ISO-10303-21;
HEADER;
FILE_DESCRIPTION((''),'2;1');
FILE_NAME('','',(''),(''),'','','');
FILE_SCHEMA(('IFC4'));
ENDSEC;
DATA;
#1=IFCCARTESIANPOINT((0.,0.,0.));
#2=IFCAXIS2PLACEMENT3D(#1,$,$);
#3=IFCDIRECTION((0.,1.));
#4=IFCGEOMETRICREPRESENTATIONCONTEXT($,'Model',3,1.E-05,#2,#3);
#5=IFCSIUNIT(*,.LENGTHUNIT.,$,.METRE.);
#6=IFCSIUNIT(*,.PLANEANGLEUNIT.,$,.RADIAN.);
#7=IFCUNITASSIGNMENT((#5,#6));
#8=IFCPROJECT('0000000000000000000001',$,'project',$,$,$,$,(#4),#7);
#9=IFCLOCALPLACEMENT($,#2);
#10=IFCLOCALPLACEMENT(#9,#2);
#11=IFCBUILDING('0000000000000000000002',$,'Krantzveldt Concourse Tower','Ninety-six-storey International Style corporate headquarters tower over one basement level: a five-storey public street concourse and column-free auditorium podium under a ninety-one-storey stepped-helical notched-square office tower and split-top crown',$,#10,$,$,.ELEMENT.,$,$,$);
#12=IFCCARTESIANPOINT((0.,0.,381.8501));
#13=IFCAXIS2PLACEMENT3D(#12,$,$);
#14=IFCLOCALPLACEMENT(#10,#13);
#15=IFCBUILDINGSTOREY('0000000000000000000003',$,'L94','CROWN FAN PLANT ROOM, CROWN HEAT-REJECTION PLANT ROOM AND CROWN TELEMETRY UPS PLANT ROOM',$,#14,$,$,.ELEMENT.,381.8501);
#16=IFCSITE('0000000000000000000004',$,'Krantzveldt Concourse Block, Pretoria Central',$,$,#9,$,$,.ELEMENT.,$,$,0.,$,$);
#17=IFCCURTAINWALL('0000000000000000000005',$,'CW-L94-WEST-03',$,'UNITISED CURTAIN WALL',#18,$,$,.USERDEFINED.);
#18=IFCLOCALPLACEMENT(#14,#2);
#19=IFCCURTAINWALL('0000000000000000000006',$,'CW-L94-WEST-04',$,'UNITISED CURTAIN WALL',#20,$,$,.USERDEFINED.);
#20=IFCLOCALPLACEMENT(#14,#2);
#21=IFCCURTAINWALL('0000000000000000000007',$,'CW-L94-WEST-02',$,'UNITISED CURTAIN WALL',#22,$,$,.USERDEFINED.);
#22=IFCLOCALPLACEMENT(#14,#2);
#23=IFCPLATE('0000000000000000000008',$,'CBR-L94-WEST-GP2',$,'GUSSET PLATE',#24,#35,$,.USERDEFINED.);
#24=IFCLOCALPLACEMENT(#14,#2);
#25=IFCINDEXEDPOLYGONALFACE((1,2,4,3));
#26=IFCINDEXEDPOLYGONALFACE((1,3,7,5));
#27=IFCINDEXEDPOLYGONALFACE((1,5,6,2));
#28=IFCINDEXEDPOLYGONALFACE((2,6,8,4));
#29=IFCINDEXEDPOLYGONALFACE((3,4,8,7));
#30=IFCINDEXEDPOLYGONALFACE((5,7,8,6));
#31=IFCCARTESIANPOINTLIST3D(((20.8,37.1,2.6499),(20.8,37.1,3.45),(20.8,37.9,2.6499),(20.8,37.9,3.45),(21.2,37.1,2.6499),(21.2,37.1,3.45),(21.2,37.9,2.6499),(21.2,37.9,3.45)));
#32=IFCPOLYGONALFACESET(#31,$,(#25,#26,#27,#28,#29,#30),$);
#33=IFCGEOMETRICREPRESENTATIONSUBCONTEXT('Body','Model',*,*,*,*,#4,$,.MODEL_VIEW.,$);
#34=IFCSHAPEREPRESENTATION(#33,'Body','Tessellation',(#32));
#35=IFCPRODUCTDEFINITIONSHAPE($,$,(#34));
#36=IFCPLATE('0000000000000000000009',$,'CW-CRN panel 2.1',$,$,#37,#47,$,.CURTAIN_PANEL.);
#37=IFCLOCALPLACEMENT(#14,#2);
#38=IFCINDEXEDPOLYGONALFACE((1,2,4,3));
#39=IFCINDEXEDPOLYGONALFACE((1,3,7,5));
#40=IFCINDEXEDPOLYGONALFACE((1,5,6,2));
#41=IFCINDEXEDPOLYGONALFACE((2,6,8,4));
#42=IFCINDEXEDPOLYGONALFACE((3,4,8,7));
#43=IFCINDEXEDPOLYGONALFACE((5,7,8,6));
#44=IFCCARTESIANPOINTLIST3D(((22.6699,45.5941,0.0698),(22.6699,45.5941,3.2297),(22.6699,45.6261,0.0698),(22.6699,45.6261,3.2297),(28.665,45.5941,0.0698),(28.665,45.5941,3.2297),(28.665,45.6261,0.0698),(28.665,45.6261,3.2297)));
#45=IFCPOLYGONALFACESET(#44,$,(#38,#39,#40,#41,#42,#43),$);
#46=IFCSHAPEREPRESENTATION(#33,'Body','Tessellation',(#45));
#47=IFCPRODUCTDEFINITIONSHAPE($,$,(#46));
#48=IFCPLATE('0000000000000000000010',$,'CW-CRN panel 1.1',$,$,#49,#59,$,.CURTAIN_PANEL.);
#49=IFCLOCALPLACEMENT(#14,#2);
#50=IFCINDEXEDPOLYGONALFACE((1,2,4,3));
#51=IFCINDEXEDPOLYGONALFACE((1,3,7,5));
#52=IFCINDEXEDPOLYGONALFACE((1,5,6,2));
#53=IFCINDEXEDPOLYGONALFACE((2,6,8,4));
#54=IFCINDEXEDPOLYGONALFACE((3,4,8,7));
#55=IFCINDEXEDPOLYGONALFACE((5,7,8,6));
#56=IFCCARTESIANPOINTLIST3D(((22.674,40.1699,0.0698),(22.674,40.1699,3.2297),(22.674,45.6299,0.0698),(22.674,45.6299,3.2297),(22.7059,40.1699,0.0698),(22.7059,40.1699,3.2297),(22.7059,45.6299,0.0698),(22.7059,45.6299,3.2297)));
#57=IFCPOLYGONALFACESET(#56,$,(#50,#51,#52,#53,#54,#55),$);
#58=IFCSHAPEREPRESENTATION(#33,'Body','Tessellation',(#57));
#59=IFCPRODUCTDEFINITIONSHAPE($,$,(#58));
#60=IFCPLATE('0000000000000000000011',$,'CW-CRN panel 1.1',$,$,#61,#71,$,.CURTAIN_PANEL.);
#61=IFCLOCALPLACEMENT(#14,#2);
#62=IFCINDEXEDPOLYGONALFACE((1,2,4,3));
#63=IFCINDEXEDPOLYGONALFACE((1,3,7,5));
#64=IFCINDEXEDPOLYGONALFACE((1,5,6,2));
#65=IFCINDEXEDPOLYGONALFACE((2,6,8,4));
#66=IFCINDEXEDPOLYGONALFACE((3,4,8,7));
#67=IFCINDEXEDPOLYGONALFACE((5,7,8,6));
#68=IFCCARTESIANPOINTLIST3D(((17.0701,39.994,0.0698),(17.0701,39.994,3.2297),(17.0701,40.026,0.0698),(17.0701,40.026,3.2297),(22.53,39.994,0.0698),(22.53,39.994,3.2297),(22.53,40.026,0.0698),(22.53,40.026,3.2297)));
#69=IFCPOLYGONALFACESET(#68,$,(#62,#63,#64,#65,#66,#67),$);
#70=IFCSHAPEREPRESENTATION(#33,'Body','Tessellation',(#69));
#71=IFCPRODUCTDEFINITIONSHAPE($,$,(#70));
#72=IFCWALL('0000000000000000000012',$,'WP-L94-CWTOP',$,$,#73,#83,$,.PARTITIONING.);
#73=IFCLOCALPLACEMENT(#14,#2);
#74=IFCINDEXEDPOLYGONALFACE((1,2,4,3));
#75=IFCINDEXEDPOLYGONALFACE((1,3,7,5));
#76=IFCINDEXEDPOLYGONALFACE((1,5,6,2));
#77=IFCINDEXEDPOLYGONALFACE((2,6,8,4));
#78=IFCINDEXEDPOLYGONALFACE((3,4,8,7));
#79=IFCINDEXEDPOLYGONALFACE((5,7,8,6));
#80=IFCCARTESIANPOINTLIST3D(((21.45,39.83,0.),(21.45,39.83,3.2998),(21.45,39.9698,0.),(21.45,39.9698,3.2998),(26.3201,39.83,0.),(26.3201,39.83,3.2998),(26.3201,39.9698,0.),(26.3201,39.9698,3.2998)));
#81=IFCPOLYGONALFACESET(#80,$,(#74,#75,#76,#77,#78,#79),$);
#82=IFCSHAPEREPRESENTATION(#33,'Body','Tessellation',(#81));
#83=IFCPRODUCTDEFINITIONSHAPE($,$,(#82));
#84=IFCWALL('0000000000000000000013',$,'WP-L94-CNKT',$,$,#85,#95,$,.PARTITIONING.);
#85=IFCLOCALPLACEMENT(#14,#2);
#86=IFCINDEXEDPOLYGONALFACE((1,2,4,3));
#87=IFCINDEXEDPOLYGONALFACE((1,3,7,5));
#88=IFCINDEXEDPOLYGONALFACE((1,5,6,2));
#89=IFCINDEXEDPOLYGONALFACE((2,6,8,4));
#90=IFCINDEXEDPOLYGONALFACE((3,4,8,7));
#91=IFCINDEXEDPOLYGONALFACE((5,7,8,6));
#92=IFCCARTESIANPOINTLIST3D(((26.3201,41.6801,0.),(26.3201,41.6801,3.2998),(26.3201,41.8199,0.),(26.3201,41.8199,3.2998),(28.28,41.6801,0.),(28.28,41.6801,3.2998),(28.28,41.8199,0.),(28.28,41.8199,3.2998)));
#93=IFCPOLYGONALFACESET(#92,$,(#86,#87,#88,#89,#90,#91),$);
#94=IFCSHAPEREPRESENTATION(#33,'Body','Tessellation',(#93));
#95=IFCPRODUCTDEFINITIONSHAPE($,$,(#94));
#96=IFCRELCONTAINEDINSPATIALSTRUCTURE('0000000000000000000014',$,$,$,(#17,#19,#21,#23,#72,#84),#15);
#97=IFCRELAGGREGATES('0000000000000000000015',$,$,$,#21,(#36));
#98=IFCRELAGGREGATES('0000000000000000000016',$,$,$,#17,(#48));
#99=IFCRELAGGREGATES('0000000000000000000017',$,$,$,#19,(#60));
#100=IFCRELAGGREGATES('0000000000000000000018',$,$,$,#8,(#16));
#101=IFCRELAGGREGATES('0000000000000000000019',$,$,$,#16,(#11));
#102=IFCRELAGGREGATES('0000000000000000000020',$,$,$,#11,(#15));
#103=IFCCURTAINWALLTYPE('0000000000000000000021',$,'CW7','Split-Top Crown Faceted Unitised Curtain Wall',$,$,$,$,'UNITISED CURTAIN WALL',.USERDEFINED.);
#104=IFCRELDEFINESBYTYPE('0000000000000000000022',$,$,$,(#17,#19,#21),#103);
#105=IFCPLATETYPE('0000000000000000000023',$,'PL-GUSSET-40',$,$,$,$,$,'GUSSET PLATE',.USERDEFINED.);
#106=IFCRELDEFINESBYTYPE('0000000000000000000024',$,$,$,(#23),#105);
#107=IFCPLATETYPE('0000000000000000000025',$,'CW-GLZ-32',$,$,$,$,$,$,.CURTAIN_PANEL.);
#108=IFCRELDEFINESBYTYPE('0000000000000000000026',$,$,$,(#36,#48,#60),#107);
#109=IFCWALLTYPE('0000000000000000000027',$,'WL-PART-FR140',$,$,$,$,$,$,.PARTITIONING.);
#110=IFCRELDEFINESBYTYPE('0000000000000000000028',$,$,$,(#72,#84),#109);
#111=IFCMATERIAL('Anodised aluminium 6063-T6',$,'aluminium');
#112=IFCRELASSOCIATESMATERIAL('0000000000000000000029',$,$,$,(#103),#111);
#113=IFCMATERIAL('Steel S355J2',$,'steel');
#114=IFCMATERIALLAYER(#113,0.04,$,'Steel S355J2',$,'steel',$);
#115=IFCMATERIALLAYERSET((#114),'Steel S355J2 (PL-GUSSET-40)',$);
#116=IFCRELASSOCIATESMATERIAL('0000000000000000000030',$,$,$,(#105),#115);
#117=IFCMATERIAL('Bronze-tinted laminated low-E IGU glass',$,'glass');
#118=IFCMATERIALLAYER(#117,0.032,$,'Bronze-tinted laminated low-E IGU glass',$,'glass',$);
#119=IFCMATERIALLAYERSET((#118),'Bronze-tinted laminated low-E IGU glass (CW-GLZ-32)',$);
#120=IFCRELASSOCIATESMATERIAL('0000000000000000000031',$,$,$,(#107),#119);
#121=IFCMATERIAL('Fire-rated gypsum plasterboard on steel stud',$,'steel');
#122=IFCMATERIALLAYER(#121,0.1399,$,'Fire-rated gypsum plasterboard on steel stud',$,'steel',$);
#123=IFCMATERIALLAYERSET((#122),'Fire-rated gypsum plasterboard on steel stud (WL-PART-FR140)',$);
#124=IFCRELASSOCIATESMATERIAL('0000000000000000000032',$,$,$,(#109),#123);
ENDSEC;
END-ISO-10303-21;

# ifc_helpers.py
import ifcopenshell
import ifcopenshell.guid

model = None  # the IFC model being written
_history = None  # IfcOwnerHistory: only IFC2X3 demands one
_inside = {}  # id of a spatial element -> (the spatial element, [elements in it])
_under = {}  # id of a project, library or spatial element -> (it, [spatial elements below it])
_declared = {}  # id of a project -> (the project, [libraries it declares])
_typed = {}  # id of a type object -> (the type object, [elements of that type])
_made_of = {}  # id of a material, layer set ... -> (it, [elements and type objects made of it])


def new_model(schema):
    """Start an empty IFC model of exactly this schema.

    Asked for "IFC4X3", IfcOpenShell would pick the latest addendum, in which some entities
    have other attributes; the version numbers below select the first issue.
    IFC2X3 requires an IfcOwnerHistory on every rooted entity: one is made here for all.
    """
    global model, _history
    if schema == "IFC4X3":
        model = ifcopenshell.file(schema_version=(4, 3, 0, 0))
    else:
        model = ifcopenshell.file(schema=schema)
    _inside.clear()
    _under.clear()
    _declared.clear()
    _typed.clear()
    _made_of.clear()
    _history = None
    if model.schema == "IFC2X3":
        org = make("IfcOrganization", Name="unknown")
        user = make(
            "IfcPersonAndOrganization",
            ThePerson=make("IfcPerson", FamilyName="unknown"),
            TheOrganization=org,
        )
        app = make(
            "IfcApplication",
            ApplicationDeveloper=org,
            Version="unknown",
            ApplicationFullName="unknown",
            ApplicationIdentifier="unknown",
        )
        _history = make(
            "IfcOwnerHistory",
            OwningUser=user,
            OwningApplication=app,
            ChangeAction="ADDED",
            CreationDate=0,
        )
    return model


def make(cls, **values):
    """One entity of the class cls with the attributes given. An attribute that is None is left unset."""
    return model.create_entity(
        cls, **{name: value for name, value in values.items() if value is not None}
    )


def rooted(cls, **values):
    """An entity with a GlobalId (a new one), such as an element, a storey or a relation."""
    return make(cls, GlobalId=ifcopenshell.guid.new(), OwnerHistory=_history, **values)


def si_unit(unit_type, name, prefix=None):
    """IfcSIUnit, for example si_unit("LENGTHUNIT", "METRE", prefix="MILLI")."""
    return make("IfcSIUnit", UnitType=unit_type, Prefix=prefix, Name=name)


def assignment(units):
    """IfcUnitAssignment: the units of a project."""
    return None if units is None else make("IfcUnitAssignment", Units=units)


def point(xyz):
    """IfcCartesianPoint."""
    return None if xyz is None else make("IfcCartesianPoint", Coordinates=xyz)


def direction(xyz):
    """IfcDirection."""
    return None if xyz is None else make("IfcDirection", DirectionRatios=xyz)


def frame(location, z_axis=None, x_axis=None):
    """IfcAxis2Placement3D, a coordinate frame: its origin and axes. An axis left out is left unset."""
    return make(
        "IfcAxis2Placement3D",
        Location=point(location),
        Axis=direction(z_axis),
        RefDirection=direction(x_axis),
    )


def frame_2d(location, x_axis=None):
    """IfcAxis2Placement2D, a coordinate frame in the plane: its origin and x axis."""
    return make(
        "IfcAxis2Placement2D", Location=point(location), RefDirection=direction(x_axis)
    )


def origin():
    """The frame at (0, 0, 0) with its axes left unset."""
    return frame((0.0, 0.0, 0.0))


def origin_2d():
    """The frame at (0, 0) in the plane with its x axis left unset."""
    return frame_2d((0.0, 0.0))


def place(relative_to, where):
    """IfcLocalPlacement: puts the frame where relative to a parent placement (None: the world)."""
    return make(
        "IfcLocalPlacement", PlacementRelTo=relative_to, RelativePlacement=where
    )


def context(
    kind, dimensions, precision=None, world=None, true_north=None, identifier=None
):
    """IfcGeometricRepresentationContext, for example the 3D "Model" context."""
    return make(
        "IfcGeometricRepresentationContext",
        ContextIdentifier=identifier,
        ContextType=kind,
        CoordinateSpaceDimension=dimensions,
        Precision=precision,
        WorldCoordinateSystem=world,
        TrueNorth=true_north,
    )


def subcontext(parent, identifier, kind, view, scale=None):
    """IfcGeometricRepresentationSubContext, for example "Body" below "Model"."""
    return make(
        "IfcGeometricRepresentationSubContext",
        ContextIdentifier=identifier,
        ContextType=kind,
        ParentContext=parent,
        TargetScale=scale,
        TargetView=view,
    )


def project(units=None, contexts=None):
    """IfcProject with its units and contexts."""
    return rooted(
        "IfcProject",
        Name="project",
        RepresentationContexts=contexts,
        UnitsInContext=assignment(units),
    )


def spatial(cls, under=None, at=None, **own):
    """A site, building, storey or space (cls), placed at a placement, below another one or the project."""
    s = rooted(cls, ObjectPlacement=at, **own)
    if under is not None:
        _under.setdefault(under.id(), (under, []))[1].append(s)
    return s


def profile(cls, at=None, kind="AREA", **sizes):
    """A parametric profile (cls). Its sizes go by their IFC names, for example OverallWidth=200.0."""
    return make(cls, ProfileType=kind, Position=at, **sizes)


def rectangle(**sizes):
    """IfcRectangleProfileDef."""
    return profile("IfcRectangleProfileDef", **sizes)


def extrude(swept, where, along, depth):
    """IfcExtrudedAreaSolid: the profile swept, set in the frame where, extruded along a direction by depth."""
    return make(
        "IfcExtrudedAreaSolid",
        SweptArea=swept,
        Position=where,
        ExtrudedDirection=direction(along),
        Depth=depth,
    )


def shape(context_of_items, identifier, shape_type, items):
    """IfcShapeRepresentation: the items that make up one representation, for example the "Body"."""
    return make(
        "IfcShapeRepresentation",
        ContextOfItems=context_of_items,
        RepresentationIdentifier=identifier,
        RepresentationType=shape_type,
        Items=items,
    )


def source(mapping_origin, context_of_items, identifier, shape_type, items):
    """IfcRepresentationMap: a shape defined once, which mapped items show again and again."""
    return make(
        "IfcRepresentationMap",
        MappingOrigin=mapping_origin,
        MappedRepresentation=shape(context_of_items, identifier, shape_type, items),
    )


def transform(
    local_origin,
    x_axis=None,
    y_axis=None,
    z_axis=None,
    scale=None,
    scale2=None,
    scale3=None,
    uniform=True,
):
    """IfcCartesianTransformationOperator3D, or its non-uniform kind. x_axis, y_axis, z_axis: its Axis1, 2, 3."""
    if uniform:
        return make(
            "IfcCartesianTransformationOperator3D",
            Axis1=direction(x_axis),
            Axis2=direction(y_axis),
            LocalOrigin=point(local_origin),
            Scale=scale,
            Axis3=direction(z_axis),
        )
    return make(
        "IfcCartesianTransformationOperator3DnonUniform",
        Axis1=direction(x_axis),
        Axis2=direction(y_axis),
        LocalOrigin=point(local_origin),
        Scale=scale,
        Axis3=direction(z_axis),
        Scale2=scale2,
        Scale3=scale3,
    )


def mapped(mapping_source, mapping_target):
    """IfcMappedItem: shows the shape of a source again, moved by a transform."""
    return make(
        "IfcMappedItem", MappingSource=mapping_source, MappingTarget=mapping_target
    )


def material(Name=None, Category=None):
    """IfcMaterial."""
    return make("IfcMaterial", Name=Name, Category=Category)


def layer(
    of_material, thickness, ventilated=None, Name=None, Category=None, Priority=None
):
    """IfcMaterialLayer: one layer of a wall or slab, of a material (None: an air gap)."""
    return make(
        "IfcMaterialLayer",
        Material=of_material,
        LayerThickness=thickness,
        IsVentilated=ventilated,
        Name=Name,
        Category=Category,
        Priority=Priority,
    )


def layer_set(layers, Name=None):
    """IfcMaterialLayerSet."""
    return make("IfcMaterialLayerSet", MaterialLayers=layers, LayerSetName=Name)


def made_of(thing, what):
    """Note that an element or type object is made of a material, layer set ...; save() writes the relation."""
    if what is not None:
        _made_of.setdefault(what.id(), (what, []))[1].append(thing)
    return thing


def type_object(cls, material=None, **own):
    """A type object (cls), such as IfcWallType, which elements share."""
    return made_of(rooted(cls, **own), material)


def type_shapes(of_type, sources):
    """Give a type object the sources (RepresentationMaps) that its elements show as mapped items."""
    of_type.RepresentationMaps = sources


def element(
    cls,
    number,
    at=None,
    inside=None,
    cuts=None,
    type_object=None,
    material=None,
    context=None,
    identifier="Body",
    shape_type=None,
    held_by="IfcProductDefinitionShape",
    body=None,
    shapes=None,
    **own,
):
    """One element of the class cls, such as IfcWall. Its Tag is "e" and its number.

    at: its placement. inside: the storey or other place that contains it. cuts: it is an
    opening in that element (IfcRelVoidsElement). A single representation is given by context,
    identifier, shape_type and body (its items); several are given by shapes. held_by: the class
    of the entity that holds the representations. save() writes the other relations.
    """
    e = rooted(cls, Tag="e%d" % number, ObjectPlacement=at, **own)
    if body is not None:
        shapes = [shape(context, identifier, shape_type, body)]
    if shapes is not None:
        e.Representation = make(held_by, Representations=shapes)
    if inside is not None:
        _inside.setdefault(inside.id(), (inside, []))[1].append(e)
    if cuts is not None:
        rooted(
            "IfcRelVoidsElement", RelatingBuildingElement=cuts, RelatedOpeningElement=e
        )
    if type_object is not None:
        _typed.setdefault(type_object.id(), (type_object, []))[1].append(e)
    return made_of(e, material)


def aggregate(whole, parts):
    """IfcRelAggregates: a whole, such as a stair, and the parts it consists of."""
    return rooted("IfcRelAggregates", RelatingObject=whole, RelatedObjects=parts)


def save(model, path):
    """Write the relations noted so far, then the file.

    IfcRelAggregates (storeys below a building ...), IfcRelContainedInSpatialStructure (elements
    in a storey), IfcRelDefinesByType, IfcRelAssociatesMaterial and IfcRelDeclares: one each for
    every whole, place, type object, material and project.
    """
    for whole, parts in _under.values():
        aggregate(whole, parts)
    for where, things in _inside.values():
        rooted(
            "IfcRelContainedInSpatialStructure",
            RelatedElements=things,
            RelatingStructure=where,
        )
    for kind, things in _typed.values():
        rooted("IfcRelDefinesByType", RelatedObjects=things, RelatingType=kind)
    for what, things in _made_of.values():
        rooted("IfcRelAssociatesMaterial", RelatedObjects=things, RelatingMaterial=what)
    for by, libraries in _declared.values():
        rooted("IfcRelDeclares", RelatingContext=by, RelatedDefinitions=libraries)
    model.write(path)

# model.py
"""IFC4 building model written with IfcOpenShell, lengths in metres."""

from ifc_helpers import new_model, si_unit, direction, frame, frame_2d, origin, origin_2d, place, context, subcontext, project, spatial, rectangle, extrude, source, transform, mapped, material, layer, layer_set, type_object, type_shapes, element, aggregate, save


model = new_model("IFC4")

# Units and contexts
model_context = context("Model", 3, precision=1e-05, world=origin(), true_north=direction((0.0, 1.0)))
body_context = subcontext(model_context, "Body", "Model", "MODEL_VIEW")
ifc_project = project(units=[si_unit("LENGTHUNIT", "METRE"), si_unit("PLANEANGLEUNIT", "RADIAN")], contexts=[model_context])

# Site, building, storey
site_placement = place(None, origin())
site = spatial("IfcSite", under=ifc_project, at=site_placement, Name="Krantzveldt Concourse Block, Pretoria Central", CompositionType="ELEMENT", RefElevation=0.0)
building_placement = place(site_placement, origin())
building = spatial("IfcBuilding", under=site, at=building_placement, Name="Krantzveldt Concourse Tower", Description="Ninety-six-storey International Style corporate headquarters tower over one basement level: a five-storey public street concourse and column-free auditorium podium under a ninety-one-storey stepped-helical notched-square office tower and split-top crown", CompositionType="ELEMENT")
storey_placement = place(building_placement, frame((0.0, 0.0, 381.8501)))
storey = spatial("IfcBuildingStorey", under=building, at=storey_placement, Name="L94", Description="CROWN FAN PLANT ROOM, CROWN HEAT-REJECTION PLANT ROOM AND CROWN TELEMETRY UPS PLANT ROOM", CompositionType="ELEMENT", Elevation=381.8501)

# Shared definitions
ifc_material_1 = material(Name="Steel S355J2", Category="steel")

# Curtain walls
ifc_material_2 = material(Name="Anodised aluminium 6063-T6", Category="aluminium")
curtain_wall_type = type_object("IfcCurtainWallType", Name="CW7", Description="Split-Top Crown Faceted Unitised Curtain Wall", ElementType="UNITISED CURTAIN WALL", PredefinedType="USERDEFINED", material=ifc_material_2)
curtain_wall_1_placement = place(storey_placement, origin())
curtain_wall_1 = element("IfcCurtainWall", 1, at=curtain_wall_1_placement, inside=storey, type_object=curtain_wall_type, Name="CW-L94-WEST-03", ObjectType="UNITISED CURTAIN WALL", PredefinedType="USERDEFINED")
curtain_wall_2_placement = place(storey_placement, origin())
curtain_wall_2 = element("IfcCurtainWall", 2, at=curtain_wall_2_placement, inside=storey, type_object=curtain_wall_type, Name="CW-L94-WEST-04", ObjectType="UNITISED CURTAIN WALL", PredefinedType="USERDEFINED")

# Curtain wall
curtain_wall_3_placement = place(storey_placement, origin())
curtain_wall_3 = element("IfcCurtainWall", 3, at=curtain_wall_3_placement, inside=storey, type_object=curtain_wall_type, Name="CW-L94-WEST-02", ObjectType="UNITISED CURTAIN WALL", PredefinedType="USERDEFINED")

# Plates
ifc_layer_1 = layer(ifc_material_1, 0.04, Name="Steel S355J2", Category="steel")
ifc_layer_set_1 = layer_set([ifc_layer_1], Name="Steel S355J2 (PL-GUSSET-40)")
plate_type_1 = type_object("IfcPlateType", Name="PL-GUSSET-40", ElementType="GUSSET PLATE", PredefinedType="USERDEFINED", material=ifc_layer_set_1)
shared_shape_1 = source(origin(), body_context, "Body", "SweptSolid", [
    extrude(rectangle(XDim=0.3999, YDim=0.8, at=origin_2d()), origin(), (0.0, 0.0, 1.0), 0.8),
])
type_shapes(plate_type_1, [shared_shape_1])
plate_1_placement = place(storey_placement, frame((21.0, 37.5, 2.6499), z_axis=(0.0, 0.0, 1.0), x_axis=(1.0, 0.0, 0.0)))
element("IfcPlate", 4, at=plate_1_placement, inside=storey, type_object=plate_type_1, Name="CBR-L94-WEST-GP2", ObjectType="GUSSET PLATE", PredefinedType="USERDEFINED", context=body_context, shape_type="MappedRepresentation", body=[
    mapped(shared_shape_1, transform((0.0, 0.0, 0.0), x_axis=(1.0, 0.0, 0.0), y_axis=(0.0, 1.0, 0.0), z_axis=(0.0, 0.0, 1.0), scale=1.0)),
])
ifc_material_3 = material(Name="Bronze-tinted laminated low-E IGU glass", Category="glass")
ifc_layer_2 = layer(ifc_material_3, 0.032, Name="Bronze-tinted laminated low-E IGU glass", Category="glass")
ifc_layer_set_2 = layer_set([ifc_layer_2], Name="Bronze-tinted laminated low-E IGU glass (CW-GLZ-32)")
plate_type_2 = type_object("IfcPlateType", Name="CW-GLZ-32", PredefinedType="CURTAIN_PANEL", material=ifc_layer_set_2)
shared_shape_2 = source(origin(), body_context, "Body", "SweptSolid", [
    extrude(rectangle(XDim=5.9951, YDim=0.032, at=origin_2d()), origin(), (0.0, 0.0, 1.0), 3.1599),
])
plate_2_placement = place(storey_placement, frame((25.6675, 45.6101, 0.0698), z_axis=(0.0, 0.0, 1.0), x_axis=(-1.0, 0.0, 0.0)))
plate_2 = element("IfcPlate", 5, at=plate_2_placement, type_object=plate_type_2, Name="CW-CRN panel 2.1", PredefinedType="CURTAIN_PANEL", context=body_context, shape_type="MappedRepresentation", body=[
    mapped(shared_shape_2, transform((0.0, 0.0, 0.0), x_axis=(1.0, 0.0, 0.0), y_axis=(0.0, 1.0, 0.0), z_axis=(0.0, 0.0, 1.0), scale=1.0)),
])
aggregate(curtain_wall_3, [plate_2])
shared_shape_3 = source(origin(), body_context, "Body", "SweptSolid", [
    extrude(rectangle(XDim=5.46, YDim=0.032, at=origin_2d()), origin(), (0.0, 0.0, 1.0), 3.1599),
])
type_shapes(plate_type_2, [shared_shape_2, shared_shape_3])
plate_3_placement = place(storey_placement, frame((22.6899, 42.8999, 0.0698), z_axis=(0.0, 0.0, 1.0), x_axis=(0.0, -1.0, 0.0)))
plate_3 = element("IfcPlate", 6, at=plate_3_placement, type_object=plate_type_2, Name="CW-CRN panel 1.1", PredefinedType="CURTAIN_PANEL", context=body_context, shape_type="MappedRepresentation", body=[
    mapped(shared_shape_3, transform((0.0, 0.0, 0.0), x_axis=(1.0, 0.0, 0.0), y_axis=(0.0, 1.0, 0.0), z_axis=(0.0, 0.0, 1.0), scale=1.0)),
])
aggregate(curtain_wall_1, [plate_3])
plate_4_placement = place(storey_placement, frame((19.8, 40.01, 0.0698), z_axis=(0.0, 0.0, 1.0), x_axis=(-1.0, 0.0, 0.0)))
plate_4 = element("IfcPlate", 7, at=plate_4_placement, type_object=plate_type_2, Name="CW-CRN panel 1.1", PredefinedType="CURTAIN_PANEL", context=body_context, shape_type="MappedRepresentation", body=[
    mapped(shared_shape_3, transform((0.0, 0.0, 0.0), x_axis=(1.0, 0.0, 0.0), y_axis=(0.0, 1.0, 0.0), z_axis=(0.0, 0.0, 1.0), scale=1.0)),
])
aggregate(curtain_wall_2, [plate_4])

# Walls
ifc_material_4 = material(Name="Fire-rated gypsum plasterboard on steel stud", Category="steel")
ifc_layer_3 = layer(ifc_material_4, 0.1399, Name="Fire-rated gypsum plasterboard on steel stud", Category="steel")
ifc_layer_set_3 = layer_set([ifc_layer_3], Name="Fire-rated gypsum plasterboard on steel stud (WL-PART-FR140)")
wall_type = type_object("IfcWallType", Name="WL-PART-FR140", PredefinedType="PARTITIONING", material=ifc_layer_set_3)
wall_1_placement = place(storey_placement, frame((21.45, 39.8999, 0.0), z_axis=(0.0, 0.0, 1.0), x_axis=(1.0, 0.0, 0.0)))
element("IfcWall", 8, at=wall_1_placement, inside=storey, type_object=wall_type, Name="WP-L94-CWTOP", PredefinedType="PARTITIONING", context=body_context, shape_type="SweptSolid", body=[
    extrude(rectangle(XDim=4.8701, YDim=0.1399, at=frame_2d((2.4351, 0.0))), origin(), (0.0, 0.0, 1.0), 3.2998),
])
wall_2_placement = place(storey_placement, frame((26.3201, 41.75, 0.0), z_axis=(0.0, 0.0, 1.0), x_axis=(1.0, 0.0, 0.0)))
element("IfcWall", 9, at=wall_2_placement, inside=storey, type_object=wall_type, Name="WP-L94-CNKT", PredefinedType="PARTITIONING", context=body_context, shape_type="SweptSolid", body=[
    extrude(rectangle(XDim=1.96, YDim=0.1399, at=frame_2d((0.98, 0.0))), origin(), (0.0, 0.0, 1.0), 3.2998),
])

save(model, "model.ifc")
